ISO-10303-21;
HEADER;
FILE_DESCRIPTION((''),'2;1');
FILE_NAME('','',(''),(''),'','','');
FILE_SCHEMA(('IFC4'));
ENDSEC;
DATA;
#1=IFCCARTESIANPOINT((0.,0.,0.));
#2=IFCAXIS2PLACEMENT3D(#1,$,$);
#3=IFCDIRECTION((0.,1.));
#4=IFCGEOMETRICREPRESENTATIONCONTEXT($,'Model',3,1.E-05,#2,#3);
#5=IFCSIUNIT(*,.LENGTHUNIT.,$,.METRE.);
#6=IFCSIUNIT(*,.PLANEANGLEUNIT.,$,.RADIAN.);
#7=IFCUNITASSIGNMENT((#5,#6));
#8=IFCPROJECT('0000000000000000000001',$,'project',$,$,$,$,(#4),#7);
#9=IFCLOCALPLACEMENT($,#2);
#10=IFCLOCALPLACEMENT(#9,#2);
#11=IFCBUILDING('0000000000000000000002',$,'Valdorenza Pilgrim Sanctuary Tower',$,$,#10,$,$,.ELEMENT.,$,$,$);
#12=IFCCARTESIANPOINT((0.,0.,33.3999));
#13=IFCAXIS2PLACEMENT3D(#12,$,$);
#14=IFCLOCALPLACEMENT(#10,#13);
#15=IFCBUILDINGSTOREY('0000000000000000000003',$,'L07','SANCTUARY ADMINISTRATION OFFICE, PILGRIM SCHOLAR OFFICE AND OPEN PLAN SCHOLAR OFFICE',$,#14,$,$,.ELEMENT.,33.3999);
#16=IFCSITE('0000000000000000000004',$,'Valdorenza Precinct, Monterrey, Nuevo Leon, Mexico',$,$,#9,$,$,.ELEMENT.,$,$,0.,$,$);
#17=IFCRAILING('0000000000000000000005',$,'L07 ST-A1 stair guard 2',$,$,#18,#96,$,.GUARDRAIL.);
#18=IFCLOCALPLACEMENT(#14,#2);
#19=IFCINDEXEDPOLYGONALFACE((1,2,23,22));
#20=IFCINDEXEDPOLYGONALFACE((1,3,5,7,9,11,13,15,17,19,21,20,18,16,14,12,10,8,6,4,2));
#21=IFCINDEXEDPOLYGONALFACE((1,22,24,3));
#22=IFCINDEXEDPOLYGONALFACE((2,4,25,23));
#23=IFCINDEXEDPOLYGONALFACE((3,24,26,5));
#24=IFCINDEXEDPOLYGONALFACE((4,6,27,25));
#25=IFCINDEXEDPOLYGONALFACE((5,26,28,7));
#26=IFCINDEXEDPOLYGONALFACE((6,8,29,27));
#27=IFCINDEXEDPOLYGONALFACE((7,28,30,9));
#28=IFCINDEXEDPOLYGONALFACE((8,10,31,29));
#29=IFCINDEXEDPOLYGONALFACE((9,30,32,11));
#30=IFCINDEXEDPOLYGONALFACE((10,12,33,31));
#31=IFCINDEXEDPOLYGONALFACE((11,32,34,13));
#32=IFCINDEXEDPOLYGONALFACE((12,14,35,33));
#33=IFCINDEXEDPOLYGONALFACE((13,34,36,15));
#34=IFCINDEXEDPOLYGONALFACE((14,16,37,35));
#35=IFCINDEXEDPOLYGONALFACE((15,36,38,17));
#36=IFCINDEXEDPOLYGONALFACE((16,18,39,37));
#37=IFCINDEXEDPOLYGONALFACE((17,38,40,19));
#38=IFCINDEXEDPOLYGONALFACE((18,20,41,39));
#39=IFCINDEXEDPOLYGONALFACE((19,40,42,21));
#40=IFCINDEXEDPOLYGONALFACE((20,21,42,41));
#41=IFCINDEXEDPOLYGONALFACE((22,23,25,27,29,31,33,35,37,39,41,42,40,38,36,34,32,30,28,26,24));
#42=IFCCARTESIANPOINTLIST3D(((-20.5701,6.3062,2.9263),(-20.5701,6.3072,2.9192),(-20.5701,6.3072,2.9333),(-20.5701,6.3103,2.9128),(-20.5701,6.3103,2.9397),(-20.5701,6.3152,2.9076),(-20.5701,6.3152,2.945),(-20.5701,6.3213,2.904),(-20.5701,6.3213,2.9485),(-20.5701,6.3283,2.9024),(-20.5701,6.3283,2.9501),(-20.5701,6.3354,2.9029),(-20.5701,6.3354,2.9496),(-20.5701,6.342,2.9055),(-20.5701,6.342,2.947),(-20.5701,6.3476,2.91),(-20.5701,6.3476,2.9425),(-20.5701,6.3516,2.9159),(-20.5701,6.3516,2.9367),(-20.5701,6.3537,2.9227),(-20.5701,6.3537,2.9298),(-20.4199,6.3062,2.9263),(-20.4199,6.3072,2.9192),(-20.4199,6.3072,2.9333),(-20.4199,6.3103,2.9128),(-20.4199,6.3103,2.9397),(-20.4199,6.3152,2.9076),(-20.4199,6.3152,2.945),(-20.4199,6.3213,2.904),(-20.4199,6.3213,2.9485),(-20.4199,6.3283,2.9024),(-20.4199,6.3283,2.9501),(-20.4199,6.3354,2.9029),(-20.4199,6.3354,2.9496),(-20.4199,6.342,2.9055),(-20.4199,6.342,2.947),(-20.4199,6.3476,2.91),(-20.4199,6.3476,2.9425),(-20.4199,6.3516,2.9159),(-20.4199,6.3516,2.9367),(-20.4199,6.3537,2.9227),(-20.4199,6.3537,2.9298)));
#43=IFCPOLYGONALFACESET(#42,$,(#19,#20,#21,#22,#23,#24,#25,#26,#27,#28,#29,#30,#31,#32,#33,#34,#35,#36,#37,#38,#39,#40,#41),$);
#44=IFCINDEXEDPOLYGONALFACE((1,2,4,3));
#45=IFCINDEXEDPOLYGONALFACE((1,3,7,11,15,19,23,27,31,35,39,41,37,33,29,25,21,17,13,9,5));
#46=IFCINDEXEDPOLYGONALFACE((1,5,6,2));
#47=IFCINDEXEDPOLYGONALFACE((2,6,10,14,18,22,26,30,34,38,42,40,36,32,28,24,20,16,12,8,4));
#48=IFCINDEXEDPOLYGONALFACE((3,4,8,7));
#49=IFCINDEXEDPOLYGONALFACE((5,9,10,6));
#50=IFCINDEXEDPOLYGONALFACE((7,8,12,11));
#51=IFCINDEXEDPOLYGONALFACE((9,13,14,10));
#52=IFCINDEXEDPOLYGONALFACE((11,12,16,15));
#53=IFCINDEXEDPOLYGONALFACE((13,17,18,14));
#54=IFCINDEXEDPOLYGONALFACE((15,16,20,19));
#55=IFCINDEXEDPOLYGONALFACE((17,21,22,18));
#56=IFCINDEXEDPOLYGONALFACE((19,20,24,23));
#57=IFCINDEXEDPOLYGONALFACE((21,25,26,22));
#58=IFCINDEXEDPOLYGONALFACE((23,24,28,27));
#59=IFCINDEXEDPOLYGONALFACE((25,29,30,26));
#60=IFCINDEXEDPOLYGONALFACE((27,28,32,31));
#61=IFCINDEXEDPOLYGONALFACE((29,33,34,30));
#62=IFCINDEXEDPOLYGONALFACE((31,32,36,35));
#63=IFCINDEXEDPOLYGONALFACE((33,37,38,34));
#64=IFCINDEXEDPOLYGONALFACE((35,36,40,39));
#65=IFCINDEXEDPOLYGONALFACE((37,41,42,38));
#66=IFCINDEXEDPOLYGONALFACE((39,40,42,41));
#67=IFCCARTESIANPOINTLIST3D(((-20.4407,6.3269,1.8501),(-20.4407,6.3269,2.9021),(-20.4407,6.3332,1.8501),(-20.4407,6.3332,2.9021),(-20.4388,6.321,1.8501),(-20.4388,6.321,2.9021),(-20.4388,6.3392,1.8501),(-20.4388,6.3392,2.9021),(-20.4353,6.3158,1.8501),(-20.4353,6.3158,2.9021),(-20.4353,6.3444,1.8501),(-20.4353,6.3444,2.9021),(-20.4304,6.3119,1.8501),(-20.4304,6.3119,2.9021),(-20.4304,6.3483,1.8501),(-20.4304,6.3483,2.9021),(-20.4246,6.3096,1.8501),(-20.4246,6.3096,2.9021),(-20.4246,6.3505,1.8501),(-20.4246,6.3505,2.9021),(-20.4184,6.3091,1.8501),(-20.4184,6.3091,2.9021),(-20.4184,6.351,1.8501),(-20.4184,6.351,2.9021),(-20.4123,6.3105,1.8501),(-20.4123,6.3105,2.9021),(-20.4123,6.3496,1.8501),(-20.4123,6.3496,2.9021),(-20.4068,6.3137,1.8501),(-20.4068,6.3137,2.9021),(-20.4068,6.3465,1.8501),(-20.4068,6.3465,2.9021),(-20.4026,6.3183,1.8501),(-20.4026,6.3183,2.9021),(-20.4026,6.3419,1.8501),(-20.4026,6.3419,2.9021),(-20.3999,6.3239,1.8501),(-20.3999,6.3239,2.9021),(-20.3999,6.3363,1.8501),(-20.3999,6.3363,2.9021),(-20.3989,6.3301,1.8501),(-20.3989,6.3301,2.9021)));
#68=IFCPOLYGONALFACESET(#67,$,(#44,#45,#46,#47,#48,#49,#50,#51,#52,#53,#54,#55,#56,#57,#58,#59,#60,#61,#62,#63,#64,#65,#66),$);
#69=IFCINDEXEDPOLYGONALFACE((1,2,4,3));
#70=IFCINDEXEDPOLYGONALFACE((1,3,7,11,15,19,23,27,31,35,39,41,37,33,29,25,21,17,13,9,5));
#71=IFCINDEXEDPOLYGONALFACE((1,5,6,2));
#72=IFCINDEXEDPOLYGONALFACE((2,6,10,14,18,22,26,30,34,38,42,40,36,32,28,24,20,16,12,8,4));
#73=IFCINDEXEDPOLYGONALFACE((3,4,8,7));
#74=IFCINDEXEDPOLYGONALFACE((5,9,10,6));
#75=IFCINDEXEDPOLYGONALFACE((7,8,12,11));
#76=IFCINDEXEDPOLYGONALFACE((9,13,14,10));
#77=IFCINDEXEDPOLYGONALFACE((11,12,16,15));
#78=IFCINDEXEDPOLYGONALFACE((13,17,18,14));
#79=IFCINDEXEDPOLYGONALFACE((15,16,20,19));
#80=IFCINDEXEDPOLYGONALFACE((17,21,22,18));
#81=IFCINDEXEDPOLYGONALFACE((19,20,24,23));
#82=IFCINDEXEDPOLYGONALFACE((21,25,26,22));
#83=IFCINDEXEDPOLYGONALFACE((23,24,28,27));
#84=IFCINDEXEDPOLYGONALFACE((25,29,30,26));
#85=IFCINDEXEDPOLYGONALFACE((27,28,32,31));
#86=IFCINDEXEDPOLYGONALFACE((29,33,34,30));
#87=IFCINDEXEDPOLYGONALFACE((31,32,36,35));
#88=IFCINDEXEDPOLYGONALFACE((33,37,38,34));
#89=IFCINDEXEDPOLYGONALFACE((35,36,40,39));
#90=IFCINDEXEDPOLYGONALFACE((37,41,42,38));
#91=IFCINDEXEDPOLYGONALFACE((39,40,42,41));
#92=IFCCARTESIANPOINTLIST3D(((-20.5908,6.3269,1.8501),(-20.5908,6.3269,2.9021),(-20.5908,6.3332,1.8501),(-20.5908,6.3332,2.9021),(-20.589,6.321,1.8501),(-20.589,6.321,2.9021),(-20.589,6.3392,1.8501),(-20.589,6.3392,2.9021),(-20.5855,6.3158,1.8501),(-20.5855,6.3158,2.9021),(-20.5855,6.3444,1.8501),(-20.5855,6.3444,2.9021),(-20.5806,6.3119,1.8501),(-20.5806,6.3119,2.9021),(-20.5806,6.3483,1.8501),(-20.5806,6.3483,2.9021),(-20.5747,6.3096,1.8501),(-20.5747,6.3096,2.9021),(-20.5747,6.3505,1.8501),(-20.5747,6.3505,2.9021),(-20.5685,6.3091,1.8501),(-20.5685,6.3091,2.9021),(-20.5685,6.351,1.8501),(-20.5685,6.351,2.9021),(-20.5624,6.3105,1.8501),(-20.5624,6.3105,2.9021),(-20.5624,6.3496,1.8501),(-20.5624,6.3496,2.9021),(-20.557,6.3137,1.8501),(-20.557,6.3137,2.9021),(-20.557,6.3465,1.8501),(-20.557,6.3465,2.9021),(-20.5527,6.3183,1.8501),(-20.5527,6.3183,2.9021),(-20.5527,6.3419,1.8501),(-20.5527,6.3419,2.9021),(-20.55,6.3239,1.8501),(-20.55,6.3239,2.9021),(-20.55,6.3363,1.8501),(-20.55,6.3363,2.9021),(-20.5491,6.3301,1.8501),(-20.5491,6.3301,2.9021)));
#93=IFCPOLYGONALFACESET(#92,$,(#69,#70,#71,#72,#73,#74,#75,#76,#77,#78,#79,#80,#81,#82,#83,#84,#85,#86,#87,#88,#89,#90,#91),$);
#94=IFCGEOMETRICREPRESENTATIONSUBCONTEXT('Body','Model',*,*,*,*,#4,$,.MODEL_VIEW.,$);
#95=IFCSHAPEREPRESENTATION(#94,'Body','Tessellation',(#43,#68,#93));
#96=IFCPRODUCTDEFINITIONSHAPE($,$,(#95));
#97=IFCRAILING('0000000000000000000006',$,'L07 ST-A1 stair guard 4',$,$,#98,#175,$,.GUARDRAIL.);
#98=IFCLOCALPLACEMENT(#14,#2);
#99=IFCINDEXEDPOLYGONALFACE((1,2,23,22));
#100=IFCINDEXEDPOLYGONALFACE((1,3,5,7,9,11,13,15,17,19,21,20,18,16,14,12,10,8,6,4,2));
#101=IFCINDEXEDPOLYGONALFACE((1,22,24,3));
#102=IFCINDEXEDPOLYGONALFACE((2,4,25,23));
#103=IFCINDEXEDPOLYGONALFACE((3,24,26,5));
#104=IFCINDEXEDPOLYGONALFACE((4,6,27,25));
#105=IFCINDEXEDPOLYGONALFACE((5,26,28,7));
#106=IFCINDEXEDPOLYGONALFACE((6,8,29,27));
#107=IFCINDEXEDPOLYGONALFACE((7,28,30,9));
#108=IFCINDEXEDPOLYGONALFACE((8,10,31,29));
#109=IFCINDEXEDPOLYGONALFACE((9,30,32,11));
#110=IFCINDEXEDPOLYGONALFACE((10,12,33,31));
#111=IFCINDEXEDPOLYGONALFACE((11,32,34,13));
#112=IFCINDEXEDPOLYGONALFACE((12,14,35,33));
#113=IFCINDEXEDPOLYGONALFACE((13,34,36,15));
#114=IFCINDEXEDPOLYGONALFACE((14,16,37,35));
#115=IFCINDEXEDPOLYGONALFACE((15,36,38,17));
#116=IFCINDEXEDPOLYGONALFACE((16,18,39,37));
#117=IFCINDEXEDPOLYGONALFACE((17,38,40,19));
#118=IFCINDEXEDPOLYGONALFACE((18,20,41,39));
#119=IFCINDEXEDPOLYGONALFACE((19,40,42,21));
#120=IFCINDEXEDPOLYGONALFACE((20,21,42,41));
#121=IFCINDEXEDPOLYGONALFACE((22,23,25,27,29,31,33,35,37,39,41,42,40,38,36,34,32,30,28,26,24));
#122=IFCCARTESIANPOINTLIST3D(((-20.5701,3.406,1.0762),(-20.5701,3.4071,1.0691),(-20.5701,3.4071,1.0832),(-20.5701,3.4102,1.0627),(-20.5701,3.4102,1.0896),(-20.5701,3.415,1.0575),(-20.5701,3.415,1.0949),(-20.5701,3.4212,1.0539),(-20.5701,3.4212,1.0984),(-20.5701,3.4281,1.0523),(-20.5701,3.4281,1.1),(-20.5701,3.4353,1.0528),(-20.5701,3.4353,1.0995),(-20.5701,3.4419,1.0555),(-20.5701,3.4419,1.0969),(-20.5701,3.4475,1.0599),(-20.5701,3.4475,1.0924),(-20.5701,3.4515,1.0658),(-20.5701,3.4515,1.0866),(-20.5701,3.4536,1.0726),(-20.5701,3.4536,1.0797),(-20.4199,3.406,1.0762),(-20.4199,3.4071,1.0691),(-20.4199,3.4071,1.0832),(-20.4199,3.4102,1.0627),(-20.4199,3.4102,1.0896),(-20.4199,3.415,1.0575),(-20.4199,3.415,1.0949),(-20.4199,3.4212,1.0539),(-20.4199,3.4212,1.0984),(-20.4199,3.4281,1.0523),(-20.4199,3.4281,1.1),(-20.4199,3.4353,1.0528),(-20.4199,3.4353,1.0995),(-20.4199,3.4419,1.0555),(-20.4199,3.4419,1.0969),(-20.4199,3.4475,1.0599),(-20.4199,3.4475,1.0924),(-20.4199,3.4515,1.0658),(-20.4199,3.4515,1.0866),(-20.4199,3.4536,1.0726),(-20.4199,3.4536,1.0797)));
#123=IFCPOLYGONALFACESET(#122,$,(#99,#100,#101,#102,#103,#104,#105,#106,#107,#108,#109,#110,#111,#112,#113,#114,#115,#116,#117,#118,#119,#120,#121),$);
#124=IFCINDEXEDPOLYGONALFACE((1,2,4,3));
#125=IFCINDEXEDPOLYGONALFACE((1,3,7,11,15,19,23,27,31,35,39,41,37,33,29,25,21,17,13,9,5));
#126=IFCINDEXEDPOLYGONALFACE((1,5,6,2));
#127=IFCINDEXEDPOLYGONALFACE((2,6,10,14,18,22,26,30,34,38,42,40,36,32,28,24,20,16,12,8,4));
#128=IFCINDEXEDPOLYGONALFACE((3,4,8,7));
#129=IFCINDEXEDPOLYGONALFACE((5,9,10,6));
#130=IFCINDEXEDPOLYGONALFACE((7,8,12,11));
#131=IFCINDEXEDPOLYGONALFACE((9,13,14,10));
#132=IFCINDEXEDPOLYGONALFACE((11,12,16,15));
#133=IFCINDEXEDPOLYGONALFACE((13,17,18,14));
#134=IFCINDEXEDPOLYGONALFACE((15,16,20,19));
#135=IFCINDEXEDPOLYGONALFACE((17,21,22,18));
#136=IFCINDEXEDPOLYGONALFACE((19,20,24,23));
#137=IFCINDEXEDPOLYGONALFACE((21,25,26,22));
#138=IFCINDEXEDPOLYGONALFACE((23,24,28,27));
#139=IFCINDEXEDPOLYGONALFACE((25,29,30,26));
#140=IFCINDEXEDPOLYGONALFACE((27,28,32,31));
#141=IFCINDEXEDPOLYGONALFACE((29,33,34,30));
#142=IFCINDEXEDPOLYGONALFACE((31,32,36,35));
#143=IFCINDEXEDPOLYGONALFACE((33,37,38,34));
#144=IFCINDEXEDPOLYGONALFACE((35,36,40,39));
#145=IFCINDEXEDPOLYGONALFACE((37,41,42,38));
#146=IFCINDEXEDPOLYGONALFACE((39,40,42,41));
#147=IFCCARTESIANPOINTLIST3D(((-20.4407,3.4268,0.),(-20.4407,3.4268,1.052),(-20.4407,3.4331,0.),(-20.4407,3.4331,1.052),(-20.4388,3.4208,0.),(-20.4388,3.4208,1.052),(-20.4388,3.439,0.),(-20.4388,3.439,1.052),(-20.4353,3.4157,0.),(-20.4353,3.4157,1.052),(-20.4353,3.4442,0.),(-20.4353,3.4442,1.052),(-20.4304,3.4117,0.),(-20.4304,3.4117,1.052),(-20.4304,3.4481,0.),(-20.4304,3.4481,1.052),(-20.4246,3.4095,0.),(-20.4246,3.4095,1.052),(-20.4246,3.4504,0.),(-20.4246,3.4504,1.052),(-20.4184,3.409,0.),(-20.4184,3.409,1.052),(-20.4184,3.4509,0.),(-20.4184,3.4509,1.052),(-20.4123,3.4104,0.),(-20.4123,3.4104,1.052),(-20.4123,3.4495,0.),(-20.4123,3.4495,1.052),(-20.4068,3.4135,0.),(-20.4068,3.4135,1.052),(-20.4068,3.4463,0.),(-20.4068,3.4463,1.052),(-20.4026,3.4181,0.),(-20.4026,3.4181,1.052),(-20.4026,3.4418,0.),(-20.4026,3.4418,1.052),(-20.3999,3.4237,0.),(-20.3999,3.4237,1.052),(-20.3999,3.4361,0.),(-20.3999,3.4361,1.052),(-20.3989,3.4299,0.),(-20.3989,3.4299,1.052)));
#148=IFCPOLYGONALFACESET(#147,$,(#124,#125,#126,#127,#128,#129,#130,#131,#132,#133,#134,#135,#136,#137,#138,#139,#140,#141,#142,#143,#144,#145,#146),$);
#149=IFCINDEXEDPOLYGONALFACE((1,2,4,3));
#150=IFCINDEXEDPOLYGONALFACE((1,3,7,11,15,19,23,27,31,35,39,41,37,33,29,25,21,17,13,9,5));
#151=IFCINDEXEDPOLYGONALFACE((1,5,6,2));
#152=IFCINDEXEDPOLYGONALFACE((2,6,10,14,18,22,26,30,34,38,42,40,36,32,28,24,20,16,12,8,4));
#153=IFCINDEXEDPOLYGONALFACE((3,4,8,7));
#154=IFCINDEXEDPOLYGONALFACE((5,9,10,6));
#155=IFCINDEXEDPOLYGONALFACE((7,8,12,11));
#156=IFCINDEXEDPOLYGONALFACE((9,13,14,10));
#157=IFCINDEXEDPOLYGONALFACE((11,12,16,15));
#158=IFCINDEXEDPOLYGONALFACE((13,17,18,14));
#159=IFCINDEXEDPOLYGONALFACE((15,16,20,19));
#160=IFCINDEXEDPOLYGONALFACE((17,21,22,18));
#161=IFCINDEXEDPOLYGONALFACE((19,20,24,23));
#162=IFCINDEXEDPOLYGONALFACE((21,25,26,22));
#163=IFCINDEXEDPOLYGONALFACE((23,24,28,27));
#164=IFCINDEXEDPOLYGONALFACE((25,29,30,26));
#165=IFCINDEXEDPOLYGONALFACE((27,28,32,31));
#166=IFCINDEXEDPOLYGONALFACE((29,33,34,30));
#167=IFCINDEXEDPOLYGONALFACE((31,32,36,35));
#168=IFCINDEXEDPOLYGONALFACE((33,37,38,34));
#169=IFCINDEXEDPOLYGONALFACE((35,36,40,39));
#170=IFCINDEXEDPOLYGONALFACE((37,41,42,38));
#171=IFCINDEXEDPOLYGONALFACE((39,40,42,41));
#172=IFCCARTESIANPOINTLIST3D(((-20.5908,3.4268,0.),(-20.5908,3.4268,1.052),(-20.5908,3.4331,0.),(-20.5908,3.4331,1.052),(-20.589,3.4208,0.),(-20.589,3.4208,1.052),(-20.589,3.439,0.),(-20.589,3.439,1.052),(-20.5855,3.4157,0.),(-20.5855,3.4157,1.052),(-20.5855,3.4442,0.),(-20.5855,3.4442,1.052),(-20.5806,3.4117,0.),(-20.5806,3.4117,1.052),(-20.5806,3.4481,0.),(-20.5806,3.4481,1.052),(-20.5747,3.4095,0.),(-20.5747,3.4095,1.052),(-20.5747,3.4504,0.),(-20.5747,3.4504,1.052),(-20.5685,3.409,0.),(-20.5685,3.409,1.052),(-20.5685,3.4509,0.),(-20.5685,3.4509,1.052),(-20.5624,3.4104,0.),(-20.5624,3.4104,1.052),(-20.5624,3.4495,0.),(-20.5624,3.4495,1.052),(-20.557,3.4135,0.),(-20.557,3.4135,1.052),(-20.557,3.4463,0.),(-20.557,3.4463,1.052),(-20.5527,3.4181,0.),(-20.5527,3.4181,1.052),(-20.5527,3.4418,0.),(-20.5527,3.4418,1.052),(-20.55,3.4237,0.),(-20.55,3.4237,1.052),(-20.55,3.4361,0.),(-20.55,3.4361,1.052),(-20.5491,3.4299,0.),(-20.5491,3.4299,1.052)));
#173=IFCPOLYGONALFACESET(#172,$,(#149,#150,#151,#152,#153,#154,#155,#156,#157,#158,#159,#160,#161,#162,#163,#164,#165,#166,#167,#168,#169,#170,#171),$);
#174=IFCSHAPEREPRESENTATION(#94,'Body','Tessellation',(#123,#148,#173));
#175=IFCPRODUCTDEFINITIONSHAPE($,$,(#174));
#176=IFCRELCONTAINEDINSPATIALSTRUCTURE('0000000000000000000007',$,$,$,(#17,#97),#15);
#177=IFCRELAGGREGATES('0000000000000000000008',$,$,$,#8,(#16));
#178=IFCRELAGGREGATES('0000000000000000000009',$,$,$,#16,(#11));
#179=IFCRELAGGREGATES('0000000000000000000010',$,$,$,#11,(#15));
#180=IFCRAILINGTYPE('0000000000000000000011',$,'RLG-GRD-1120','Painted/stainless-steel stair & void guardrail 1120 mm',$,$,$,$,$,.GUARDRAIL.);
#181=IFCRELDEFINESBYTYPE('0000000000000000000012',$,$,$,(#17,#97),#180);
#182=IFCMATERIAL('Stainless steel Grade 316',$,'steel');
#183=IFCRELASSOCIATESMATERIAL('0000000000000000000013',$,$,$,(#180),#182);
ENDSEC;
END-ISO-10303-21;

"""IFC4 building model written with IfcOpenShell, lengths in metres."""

from ifc_helpers import new_model, si_unit, direction, frame, origin, origin_2d, place, context, subcontext, project, spatial, circle, extrude, material, type_object, element, save


model = new_model("IFC4")

# Units and contexts
model_context = context("Model", 3, precision=1e-05, world=origin(), true_north=direction((0.0, 1.0)))
body_context = subcontext(model_context, "Body", "Model", "MODEL_VIEW")
ifc_project = project(units=[si_unit("LENGTHUNIT", "METRE"), si_unit("PLANEANGLEUNIT", "RADIAN")], contexts=[model_context])

# Site, building, storey
site_placement = place(None, origin())
site = spatial("IfcSite", under=ifc_project, at=site_placement, Name="Valdorenza Precinct, Monterrey, Nuevo Leon, Mexico", CompositionType="ELEMENT", RefElevation=0.0)
building_placement = place(site_placement, origin())
building = spatial("IfcBuilding", under=site, at=building_placement, Name="Valdorenza Pilgrim Sanctuary Tower", CompositionType="ELEMENT")
storey_placement = place(building_placement, frame((0.0, 0.0, 33.3999)))
storey = spatial("IfcBuildingStorey", under=building, at=storey_placement, Name="L07", Description="SANCTUARY ADMINISTRATION OFFICE, PILGRIM SCHOLAR OFFICE AND OPEN PLAN SCHOLAR OFFICE", CompositionType="ELEMENT", Elevation=33.3999)

# Railings
ifc_material_1 = material(Name="Stainless steel Grade 316", Category="steel")
railing_type_1 = type_object("IfcRailingType", Name="RLG-GRD-1120", Description="Painted/stainless-steel stair & void guardrail 1120 mm", PredefinedType="GUARDRAIL", material=ifc_material_1)
for number, where, name in (
    (1, (-20.4199, 6.3301, 1.8501), "L07 ST-A1 stair guard 2"),
    (2, (-20.4199, 3.4299, 0.0), "L07 ST-A1 stair guard 4"),
):
    element("IfcRailing", number, at=place(storey_placement, frame(where)), inside=storey, type_object=railing_type_1, Name=name, PredefinedType="GUARDRAIL", context=body_context, shape_type="SweptSolid", body=[
        extrude(circle(Radius=0.0239, at=origin_2d()), frame((0.0, 0.0, 1.0762), z_axis=(-1.0, 0.0, 0.0), x_axis=(0.0, -1.0, 0.0)), (0.0, 0.0, 1.0), 0.1501),
        extrude(circle(Radius=0.021, at=origin_2d()), origin(), (0.0, 0.0, 1.0), 1.052),
        extrude(circle(Radius=0.021, at=origin_2d()), frame((-0.1501, 0.0, 0.0)), (0.0, 0.0, 1.0), 1.052),
    ])

save(model, "model.ifc")
